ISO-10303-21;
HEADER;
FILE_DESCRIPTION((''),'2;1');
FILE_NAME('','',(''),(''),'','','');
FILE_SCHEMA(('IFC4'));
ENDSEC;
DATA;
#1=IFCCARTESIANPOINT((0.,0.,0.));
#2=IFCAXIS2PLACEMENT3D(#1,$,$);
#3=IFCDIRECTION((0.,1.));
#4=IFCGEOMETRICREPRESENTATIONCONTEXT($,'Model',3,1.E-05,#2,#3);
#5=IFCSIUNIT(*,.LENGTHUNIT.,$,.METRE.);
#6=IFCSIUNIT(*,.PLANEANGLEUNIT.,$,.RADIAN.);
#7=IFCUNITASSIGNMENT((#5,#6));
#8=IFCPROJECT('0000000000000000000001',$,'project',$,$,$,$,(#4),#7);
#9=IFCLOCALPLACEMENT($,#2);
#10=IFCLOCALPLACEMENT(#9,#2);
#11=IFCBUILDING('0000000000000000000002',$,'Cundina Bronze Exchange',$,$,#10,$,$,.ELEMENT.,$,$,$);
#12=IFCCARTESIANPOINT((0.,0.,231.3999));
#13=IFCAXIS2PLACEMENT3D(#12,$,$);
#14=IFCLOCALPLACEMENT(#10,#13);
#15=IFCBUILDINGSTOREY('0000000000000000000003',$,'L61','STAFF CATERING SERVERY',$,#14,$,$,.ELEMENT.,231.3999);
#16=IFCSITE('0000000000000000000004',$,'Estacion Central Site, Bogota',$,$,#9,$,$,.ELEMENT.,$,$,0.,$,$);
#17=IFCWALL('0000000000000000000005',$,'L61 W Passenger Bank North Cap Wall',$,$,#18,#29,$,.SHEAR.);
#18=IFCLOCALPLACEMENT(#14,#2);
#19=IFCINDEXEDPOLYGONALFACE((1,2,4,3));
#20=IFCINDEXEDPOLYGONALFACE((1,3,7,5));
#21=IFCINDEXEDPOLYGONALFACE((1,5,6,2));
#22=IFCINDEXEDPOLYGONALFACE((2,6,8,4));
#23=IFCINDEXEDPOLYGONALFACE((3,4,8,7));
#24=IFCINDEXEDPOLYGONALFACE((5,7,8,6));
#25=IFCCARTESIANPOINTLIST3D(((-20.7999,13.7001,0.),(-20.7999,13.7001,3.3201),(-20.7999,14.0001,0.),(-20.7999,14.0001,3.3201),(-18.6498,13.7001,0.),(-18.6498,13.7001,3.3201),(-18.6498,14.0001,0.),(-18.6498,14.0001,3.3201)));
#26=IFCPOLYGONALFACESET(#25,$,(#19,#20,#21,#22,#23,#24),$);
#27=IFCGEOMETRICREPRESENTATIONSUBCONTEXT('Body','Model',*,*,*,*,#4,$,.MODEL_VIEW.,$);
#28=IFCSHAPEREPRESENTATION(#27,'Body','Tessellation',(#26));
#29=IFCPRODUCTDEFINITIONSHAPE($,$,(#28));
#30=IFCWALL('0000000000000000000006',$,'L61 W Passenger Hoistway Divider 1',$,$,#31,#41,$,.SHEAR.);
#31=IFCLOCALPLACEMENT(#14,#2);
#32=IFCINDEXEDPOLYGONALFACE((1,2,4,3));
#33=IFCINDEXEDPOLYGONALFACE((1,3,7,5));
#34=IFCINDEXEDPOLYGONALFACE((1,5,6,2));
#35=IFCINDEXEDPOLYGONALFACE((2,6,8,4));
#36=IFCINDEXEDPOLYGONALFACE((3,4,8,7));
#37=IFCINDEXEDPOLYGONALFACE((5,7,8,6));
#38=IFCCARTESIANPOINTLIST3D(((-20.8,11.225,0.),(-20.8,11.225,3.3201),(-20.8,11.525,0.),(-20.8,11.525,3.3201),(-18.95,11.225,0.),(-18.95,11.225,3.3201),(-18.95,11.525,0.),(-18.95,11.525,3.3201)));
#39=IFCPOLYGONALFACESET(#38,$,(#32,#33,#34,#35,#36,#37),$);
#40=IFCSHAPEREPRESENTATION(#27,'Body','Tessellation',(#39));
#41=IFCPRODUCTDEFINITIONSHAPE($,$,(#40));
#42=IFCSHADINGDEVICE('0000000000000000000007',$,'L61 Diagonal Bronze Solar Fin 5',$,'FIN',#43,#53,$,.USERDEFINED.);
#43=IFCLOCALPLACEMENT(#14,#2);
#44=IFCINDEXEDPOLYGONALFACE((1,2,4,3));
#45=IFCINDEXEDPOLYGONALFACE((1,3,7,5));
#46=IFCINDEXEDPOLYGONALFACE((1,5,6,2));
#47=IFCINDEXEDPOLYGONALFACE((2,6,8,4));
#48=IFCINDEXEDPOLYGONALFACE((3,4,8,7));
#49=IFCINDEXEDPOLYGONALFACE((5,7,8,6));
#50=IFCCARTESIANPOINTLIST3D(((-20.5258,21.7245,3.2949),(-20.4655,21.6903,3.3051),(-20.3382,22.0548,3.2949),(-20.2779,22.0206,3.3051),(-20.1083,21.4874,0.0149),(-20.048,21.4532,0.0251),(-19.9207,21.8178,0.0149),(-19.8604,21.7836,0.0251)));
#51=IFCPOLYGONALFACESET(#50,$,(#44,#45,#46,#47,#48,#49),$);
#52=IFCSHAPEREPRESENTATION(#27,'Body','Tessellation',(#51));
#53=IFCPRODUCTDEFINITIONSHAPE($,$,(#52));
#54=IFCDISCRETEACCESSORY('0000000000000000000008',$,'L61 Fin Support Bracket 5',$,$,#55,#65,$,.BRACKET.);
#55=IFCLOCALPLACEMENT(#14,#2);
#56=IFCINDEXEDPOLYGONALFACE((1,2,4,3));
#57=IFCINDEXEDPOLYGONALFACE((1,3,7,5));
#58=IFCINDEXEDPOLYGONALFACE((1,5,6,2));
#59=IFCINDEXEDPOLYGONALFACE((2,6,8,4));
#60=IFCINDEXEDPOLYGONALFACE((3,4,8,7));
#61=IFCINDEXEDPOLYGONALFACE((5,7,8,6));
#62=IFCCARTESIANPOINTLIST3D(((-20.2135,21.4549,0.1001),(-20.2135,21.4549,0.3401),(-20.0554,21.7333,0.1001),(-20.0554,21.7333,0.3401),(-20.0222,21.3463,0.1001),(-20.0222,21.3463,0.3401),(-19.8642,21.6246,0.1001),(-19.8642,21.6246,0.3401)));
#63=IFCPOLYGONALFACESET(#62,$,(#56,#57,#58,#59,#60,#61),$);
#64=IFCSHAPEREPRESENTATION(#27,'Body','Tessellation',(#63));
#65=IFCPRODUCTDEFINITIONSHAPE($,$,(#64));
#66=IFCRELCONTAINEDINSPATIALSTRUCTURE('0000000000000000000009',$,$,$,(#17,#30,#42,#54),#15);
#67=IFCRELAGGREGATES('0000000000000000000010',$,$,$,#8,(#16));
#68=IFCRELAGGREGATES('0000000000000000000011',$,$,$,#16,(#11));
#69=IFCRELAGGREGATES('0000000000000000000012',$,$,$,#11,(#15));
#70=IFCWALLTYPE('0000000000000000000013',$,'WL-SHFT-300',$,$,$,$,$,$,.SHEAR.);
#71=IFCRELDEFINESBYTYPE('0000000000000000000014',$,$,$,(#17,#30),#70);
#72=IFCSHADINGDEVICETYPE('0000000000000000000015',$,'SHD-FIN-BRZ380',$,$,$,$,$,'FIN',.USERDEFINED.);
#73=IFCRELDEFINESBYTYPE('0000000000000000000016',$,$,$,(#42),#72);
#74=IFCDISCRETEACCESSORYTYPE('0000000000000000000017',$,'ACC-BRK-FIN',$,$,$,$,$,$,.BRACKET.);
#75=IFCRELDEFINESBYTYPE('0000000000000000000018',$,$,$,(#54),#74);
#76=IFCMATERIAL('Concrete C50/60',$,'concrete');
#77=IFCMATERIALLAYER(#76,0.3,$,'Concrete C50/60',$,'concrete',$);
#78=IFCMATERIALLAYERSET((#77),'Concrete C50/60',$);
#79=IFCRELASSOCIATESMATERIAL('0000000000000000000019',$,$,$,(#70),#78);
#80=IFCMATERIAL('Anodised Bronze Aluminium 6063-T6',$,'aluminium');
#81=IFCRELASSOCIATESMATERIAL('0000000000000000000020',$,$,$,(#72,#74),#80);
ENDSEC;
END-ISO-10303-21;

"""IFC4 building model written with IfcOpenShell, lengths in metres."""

from ifc_helpers import new_model, si_unit, direction, frame, frame_2d, origin, origin_2d, place, context, subcontext, project, spatial, rectangle, extrude, material, layer, layer_set, material_profile, profile_set, type_object, element, save


model = new_model("IFC4")

# Units and contexts
model_context = context("Model", 3, precision=1e-05, world=origin(), true_north=direction((0.0, 1.0)))
body_context = subcontext(model_context, "Body", "Model", "MODEL_VIEW")
ifc_project = project(units=[si_unit("LENGTHUNIT", "METRE"), si_unit("PLANEANGLEUNIT", "RADIAN")], contexts=[model_context])

# Site, building, storey
site_placement = place(None, origin())
site = spatial("IfcSite", under=ifc_project, at=site_placement, Name="Estacion Central Site, Bogota", CompositionType="ELEMENT", RefElevation=0.0)
building_placement = place(site_placement, origin())
building = spatial("IfcBuilding", under=site, at=building_placement, Name="Cundina Bronze Exchange", CompositionType="ELEMENT")
storey_placement = place(building_placement, frame((0.0, 0.0, 231.3999)))
storey = spatial("IfcBuildingStorey", under=building, at=storey_placement, Name="L61", Description="STAFF CATERING SERVERY", CompositionType="ELEMENT", Elevation=231.3999)

# Shared definitions
ifc_material_1 = material(Name="Concrete C50/60", Category="concrete")

# Shared definitions
ifc_material_2 = material(Name="Anodised Bronze Aluminium 6063-T6", Category="aluminium")

# Shared definitions
ifc_layer_1 = layer(ifc_material_1, 0.3, Name="Concrete C50/60", Category="concrete")
ifc_layer_set_1 = layer_set([ifc_layer_1], Name="Concrete C50/60")
wall_type_1 = type_object("IfcWallType", Name="WL-SHFT-300", PredefinedType="SHEAR", material=ifc_layer_set_1)

# Walls
wall_1_placement = place(storey_placement, frame((-20.8, 13.8501, 0.0), z_axis=(0.0, 0.0, 1.0), x_axis=(1.0, 0.0, 0.0)))
element("IfcWall", 1, at=wall_1_placement, inside=storey, type_object=wall_type_1, Name="L61 W Passenger Bank North Cap Wall", PredefinedType="SHEAR", context=body_context, shape_type="SweptSolid", body=[
    extrude(rectangle(XDim=2.1501, YDim=0.3, at=frame_2d((1.0752, 0.0))), origin(), (0.0, 0.0, 1.0), 3.3201),
])
wall_2_placement = place(storey_placement, frame((-20.8, 11.375, 0.0), z_axis=(0.0, 0.0, 1.0), x_axis=(1.0, 0.0, 0.0)))
element("IfcWall", 2, at=wall_2_placement, inside=storey, type_object=wall_type_1, Name="L61 W Passenger Hoistway Divider 1", PredefinedType="SHEAR", context=body_context, shape_type="SweptSolid", body=[
    extrude(rectangle(XDim=1.8501, YDim=0.3, at=frame_2d((0.925, 0.0))), origin(), (0.0, 0.0, 1.0), 3.3201),
])

# Shading device
ifc_material_profile_1 = material_profile(ifc_material_2, rectangle(XDim=0.0701, YDim=0.3799, at=origin_2d()), Name="FIN70X380", Category="aluminium")
ifc_profile_set_1 = profile_set([ifc_material_profile_1], Name="Anodised Bronze Aluminium 6063-T6")
shading_device_type = type_object("IfcShadingDeviceType", Name="SHD-FIN-BRZ380", ElementType="FIN", PredefinedType="USERDEFINED", material=ifc_profile_set_1)
shading_device_placement = place(storey_placement, frame((-19.9844, 21.6355, 0.02), z_axis=(-0.125938, 0.071512, 0.989457), x_axis=(0.860418, -0.488576, 0.144825)))
element("IfcShadingDevice", 3, at=shading_device_placement, inside=storey, type_object=shading_device_type, Name="L61 Diagonal Bronze Solar Fin 5", ObjectType="FIN", PredefinedType="USERDEFINED", context=body_context, shape_type="SweptSolid", body=[
    extrude(rectangle(XDim=0.0701, YDim=0.3799, at=origin_2d()), origin(), (0.0, 0.0, 1.0), 3.3149),
])

# Discrete accessory
discrete_accessory_type = type_object("IfcDiscreteAccessoryType", Name="ACC-BRK-FIN", PredefinedType="BRACKET", material=ifc_material_2)
discrete_accessory_placement = place(storey_placement, frame((-20.0388, 21.5398, 0.1001), z_axis=(0.0, 0.0, 1.0), x_axis=(-0.869573, 0.493805, 0.0)))
element("IfcDiscreteAccessory", 4, at=discrete_accessory_placement, inside=storey, type_object=discrete_accessory_type, Name="L61 Fin Support Bracket 5", PredefinedType="BRACKET", context=body_context, shape_type="SweptSolid", body=[
    extrude(rectangle(XDim=0.22, YDim=0.3201, at=origin_2d()), origin(), (0.0, 0.0, 1.0), 0.24),
])

save(model, "model.ifc")
